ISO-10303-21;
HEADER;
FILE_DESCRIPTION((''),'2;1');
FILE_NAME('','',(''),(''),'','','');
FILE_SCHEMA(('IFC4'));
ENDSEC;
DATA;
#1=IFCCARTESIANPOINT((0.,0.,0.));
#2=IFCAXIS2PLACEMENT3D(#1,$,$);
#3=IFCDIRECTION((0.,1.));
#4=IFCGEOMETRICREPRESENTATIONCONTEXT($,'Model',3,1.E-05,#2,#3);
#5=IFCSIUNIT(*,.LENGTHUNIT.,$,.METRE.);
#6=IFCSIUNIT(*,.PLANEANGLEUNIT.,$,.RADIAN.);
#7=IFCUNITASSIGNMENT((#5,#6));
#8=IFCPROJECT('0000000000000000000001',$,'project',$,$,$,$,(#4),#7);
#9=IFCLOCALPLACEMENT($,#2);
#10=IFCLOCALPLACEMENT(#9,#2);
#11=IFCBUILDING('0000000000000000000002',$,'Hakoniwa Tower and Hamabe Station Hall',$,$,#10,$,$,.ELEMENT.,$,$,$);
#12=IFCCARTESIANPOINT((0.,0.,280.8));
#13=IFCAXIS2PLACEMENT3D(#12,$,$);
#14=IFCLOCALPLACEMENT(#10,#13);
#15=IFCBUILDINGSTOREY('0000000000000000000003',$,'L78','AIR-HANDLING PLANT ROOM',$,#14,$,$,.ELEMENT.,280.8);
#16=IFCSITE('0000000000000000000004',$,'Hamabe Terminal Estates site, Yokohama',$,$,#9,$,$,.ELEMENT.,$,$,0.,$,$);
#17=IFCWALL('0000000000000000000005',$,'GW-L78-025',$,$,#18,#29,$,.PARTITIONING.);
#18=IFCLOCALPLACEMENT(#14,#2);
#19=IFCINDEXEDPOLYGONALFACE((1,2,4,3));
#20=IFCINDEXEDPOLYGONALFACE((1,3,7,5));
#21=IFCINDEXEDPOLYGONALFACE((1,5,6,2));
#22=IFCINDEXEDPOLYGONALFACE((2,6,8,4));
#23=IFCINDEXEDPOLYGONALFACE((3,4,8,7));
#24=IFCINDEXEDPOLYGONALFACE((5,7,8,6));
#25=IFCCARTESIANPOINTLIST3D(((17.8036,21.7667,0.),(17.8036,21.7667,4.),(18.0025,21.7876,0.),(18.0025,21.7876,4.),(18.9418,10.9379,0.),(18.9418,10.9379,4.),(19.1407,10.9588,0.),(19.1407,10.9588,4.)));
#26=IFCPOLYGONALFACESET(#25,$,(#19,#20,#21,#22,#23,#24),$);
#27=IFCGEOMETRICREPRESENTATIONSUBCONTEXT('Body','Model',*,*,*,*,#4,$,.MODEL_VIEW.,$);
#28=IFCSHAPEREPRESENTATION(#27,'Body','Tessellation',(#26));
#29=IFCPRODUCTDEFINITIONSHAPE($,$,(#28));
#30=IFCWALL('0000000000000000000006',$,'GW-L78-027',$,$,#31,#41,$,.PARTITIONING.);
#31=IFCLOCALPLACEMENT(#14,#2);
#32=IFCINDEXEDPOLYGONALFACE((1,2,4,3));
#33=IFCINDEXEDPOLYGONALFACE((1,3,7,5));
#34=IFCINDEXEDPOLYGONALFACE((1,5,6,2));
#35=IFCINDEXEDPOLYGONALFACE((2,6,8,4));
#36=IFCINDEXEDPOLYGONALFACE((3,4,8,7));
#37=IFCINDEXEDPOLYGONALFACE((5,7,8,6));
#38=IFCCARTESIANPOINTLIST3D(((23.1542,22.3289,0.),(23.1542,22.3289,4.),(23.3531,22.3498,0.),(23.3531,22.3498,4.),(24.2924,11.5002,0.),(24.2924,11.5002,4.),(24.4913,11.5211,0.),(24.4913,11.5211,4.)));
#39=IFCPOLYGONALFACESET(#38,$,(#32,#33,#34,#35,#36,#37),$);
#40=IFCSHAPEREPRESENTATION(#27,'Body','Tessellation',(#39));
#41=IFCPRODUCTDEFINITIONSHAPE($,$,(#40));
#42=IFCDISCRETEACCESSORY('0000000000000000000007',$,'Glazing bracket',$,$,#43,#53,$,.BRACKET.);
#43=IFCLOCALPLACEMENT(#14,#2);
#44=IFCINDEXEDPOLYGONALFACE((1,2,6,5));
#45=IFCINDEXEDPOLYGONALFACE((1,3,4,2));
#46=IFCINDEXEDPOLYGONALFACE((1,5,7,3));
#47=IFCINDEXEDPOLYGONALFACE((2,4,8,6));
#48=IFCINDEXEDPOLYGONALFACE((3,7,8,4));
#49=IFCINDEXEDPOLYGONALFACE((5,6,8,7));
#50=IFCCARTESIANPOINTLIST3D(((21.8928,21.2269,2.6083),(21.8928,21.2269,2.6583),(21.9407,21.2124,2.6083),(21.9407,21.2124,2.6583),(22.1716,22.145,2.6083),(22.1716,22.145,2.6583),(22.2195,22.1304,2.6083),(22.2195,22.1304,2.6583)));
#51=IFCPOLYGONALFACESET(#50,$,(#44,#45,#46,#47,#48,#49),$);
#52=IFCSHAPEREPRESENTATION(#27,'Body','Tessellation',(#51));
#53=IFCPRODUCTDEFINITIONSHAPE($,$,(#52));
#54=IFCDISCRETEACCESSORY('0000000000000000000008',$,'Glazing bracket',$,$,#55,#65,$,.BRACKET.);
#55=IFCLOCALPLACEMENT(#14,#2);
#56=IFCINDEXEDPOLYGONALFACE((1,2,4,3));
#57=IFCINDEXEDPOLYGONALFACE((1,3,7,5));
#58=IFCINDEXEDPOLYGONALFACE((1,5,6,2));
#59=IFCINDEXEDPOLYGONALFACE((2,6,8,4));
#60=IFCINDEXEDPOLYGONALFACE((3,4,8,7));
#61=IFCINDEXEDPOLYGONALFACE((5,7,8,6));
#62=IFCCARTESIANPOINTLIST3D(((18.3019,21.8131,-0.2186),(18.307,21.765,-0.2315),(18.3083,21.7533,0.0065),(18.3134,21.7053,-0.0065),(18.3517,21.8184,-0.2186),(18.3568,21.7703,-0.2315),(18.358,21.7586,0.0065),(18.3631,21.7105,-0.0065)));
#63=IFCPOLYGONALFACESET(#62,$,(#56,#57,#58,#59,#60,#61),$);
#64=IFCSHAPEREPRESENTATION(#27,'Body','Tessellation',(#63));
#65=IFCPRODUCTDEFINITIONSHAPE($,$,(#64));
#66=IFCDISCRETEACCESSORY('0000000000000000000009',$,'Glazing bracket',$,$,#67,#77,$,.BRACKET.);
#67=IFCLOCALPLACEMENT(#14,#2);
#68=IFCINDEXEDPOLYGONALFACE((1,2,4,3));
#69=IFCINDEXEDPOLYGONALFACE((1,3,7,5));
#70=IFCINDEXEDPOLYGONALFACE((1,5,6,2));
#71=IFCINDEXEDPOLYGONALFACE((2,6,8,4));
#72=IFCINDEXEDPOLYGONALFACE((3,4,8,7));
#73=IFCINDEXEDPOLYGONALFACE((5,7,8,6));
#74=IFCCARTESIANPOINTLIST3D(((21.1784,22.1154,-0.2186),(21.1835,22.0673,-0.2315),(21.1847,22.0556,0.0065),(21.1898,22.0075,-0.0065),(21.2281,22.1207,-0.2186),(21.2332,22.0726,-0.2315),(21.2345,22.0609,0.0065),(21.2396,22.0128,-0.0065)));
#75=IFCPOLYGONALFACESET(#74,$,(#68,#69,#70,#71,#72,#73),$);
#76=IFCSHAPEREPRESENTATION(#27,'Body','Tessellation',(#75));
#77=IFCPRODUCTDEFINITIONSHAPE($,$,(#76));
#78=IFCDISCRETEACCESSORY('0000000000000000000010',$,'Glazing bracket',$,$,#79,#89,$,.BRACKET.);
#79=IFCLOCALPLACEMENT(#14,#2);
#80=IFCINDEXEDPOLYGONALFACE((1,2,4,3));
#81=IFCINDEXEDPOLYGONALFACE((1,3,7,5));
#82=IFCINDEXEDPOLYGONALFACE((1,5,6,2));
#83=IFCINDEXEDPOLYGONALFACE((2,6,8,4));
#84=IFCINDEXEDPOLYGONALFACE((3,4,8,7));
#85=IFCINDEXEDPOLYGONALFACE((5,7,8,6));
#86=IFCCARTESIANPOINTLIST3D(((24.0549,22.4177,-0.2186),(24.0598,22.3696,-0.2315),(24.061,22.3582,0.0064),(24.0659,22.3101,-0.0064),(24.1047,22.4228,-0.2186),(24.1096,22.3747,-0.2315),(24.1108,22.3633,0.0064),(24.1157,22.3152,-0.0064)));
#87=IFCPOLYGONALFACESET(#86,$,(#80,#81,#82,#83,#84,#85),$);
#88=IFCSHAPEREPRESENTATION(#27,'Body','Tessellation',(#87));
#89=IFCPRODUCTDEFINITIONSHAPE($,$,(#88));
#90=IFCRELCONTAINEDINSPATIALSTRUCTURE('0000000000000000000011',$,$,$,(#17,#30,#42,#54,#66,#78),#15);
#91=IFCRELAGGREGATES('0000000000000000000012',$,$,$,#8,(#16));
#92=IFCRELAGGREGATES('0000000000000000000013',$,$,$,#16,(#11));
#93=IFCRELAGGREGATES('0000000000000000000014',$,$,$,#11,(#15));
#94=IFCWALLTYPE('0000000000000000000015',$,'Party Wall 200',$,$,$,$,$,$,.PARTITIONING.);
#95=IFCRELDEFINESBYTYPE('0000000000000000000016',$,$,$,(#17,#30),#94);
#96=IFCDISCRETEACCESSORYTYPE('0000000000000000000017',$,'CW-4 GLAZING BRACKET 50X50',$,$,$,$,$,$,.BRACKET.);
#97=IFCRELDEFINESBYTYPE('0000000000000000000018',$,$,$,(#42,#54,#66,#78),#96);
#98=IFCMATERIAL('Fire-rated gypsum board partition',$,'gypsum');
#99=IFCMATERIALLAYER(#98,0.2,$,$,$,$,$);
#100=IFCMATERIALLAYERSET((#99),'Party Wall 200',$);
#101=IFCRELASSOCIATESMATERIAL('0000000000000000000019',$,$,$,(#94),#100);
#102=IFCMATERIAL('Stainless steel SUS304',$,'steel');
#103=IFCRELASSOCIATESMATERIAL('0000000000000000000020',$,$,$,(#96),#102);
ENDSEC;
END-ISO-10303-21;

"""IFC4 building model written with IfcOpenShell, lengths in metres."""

from ifc_helpers import new_model, si_unit, direction, frame, frame_2d, origin, origin_2d, place, context, subcontext, project, spatial, rectangle, extrude, material, layer, layer_set, material_profile, profile_set, type_object, element, save


model = new_model("IFC4")

# Units and contexts
model_context = context("Model", 3, precision=1e-05, world=origin(), true_north=direction((0.0, 1.0)))
body_context = subcontext(model_context, "Body", "Model", "MODEL_VIEW")
ifc_project = project(units=[si_unit("LENGTHUNIT", "METRE"), si_unit("PLANEANGLEUNIT", "RADIAN")], contexts=[model_context])

# Site, building, storey
site_placement = place(None, origin())
site = spatial("IfcSite", under=ifc_project, at=site_placement, Name="Hamabe Terminal Estates site, Yokohama", CompositionType="ELEMENT", RefElevation=0.0)
building_placement = place(site_placement, origin())
building = spatial("IfcBuilding", under=site, at=building_placement, Name="Hakoniwa Tower and Hamabe Station Hall", CompositionType="ELEMENT")
storey_placement = place(building_placement, frame((0.0, 0.0, 280.8)))
storey = spatial("IfcBuildingStorey", under=building, at=storey_placement, Name="L78", Description="AIR-HANDLING PLANT ROOM", CompositionType="ELEMENT", Elevation=280.8)

# Walls
ifc_material_1 = material(Name="Fire-rated gypsum board partition", Category="gypsum")
ifc_layer_1 = layer(ifc_material_1, 0.2)
ifc_layer_set_1 = layer_set([ifc_layer_1], Name="Party Wall 200")
wall_type_1 = type_object("IfcWallType", Name="Party Wall 200", PredefinedType="PARTITIONING", material=ifc_layer_set_1)
for number, where, z_axis, x_axis, name in (
    (1, (19.0413, 10.9482, 0.0), (0.0, 0.0, 1.0), (-0.104531, 0.994522, 0.0), "GW-L78-025"),
    (2, (24.3918, 11.5105, 0.0), (0.0, 0.0, 1.0), (-0.104531, 0.994522, 0.0), "GW-L78-027"),
):
    element("IfcWall", number, at=place(storey_placement, frame(where, z_axis=z_axis, x_axis=x_axis)), inside=storey, type_object=wall_type_1, Name=name, PredefinedType="PARTITIONING", context=body_context, shape_type="SweptSolid", body=[
        extrude(rectangle(XDim=10.8884, YDim=0.2, at=frame_2d((5.4443, 0.0))), origin(), (0.0, 0.0, 1.0), 4.0),
    ])

# Discrete accessories
ifc_material_2 = material(Name="Stainless steel SUS304", Category="steel")
ifc_material_profile_1 = material_profile(ifc_material_2, rectangle(XDim=0.05, YDim=0.05, at=origin_2d()), Name="CW-4 GLAZING BRACKET 50X50")
ifc_profile_set_1 = profile_set([ifc_material_profile_1], Name="Stainless steel SUS304")
discrete_accessory_type = type_object("IfcDiscreteAccessoryType", Name="CW-4 GLAZING BRACKET 50X50", PredefinedType="BRACKET", material=ifc_profile_set_1)
discrete_accessory_placement = place(storey_placement, frame((22.1956, 22.1377, 2.6333), z_axis=(-0.290615, -0.95684, 0.0), x_axis=(0.95684, -0.290615, 0.0)))
element("IfcDiscreteAccessory", 3, at=discrete_accessory_placement, inside=storey, type_object=discrete_accessory_type, Name="Glazing bracket", PredefinedType="BRACKET", context=body_context, shape_type="SweptSolid", body=[
    extrude(rectangle(XDim=0.05, YDim=0.05, at=origin_2d()), origin(), (0.0, 0.0, 1.0), 0.9595),
])
for number, where, z_axis, x_axis, name in (
    (4, (18.3357, 21.7319, 0.0), (-0.027244, 0.256719, -0.966102), (-0.994416, -0.10553, 0.0), "Glazing bracket"),
    (5, (21.2122, 22.0342, 0.0), (-0.027244, 0.256719, -0.966102), (-0.994416, -0.10553, 0.0), "Glazing bracket"),
    (6, (24.0884, 22.3367, 0.0), (-0.026204, 0.255747, -0.966389), (-0.994792, -0.101925, 0.0), "Glazing bracket"),
):
    element("IfcDiscreteAccessory", number, at=place(storey_placement, frame(where, z_axis=z_axis, x_axis=x_axis)), inside=storey, type_object=discrete_accessory_type, Name=name, PredefinedType="BRACKET", context=body_context, shape_type="SweptSolid", body=[
        extrude(rectangle(XDim=0.05, YDim=0.05, at=origin_2d()), origin(), (0.0, 0.0, 1.0), 0.2329),
    ])

save(model, "model.ifc")
